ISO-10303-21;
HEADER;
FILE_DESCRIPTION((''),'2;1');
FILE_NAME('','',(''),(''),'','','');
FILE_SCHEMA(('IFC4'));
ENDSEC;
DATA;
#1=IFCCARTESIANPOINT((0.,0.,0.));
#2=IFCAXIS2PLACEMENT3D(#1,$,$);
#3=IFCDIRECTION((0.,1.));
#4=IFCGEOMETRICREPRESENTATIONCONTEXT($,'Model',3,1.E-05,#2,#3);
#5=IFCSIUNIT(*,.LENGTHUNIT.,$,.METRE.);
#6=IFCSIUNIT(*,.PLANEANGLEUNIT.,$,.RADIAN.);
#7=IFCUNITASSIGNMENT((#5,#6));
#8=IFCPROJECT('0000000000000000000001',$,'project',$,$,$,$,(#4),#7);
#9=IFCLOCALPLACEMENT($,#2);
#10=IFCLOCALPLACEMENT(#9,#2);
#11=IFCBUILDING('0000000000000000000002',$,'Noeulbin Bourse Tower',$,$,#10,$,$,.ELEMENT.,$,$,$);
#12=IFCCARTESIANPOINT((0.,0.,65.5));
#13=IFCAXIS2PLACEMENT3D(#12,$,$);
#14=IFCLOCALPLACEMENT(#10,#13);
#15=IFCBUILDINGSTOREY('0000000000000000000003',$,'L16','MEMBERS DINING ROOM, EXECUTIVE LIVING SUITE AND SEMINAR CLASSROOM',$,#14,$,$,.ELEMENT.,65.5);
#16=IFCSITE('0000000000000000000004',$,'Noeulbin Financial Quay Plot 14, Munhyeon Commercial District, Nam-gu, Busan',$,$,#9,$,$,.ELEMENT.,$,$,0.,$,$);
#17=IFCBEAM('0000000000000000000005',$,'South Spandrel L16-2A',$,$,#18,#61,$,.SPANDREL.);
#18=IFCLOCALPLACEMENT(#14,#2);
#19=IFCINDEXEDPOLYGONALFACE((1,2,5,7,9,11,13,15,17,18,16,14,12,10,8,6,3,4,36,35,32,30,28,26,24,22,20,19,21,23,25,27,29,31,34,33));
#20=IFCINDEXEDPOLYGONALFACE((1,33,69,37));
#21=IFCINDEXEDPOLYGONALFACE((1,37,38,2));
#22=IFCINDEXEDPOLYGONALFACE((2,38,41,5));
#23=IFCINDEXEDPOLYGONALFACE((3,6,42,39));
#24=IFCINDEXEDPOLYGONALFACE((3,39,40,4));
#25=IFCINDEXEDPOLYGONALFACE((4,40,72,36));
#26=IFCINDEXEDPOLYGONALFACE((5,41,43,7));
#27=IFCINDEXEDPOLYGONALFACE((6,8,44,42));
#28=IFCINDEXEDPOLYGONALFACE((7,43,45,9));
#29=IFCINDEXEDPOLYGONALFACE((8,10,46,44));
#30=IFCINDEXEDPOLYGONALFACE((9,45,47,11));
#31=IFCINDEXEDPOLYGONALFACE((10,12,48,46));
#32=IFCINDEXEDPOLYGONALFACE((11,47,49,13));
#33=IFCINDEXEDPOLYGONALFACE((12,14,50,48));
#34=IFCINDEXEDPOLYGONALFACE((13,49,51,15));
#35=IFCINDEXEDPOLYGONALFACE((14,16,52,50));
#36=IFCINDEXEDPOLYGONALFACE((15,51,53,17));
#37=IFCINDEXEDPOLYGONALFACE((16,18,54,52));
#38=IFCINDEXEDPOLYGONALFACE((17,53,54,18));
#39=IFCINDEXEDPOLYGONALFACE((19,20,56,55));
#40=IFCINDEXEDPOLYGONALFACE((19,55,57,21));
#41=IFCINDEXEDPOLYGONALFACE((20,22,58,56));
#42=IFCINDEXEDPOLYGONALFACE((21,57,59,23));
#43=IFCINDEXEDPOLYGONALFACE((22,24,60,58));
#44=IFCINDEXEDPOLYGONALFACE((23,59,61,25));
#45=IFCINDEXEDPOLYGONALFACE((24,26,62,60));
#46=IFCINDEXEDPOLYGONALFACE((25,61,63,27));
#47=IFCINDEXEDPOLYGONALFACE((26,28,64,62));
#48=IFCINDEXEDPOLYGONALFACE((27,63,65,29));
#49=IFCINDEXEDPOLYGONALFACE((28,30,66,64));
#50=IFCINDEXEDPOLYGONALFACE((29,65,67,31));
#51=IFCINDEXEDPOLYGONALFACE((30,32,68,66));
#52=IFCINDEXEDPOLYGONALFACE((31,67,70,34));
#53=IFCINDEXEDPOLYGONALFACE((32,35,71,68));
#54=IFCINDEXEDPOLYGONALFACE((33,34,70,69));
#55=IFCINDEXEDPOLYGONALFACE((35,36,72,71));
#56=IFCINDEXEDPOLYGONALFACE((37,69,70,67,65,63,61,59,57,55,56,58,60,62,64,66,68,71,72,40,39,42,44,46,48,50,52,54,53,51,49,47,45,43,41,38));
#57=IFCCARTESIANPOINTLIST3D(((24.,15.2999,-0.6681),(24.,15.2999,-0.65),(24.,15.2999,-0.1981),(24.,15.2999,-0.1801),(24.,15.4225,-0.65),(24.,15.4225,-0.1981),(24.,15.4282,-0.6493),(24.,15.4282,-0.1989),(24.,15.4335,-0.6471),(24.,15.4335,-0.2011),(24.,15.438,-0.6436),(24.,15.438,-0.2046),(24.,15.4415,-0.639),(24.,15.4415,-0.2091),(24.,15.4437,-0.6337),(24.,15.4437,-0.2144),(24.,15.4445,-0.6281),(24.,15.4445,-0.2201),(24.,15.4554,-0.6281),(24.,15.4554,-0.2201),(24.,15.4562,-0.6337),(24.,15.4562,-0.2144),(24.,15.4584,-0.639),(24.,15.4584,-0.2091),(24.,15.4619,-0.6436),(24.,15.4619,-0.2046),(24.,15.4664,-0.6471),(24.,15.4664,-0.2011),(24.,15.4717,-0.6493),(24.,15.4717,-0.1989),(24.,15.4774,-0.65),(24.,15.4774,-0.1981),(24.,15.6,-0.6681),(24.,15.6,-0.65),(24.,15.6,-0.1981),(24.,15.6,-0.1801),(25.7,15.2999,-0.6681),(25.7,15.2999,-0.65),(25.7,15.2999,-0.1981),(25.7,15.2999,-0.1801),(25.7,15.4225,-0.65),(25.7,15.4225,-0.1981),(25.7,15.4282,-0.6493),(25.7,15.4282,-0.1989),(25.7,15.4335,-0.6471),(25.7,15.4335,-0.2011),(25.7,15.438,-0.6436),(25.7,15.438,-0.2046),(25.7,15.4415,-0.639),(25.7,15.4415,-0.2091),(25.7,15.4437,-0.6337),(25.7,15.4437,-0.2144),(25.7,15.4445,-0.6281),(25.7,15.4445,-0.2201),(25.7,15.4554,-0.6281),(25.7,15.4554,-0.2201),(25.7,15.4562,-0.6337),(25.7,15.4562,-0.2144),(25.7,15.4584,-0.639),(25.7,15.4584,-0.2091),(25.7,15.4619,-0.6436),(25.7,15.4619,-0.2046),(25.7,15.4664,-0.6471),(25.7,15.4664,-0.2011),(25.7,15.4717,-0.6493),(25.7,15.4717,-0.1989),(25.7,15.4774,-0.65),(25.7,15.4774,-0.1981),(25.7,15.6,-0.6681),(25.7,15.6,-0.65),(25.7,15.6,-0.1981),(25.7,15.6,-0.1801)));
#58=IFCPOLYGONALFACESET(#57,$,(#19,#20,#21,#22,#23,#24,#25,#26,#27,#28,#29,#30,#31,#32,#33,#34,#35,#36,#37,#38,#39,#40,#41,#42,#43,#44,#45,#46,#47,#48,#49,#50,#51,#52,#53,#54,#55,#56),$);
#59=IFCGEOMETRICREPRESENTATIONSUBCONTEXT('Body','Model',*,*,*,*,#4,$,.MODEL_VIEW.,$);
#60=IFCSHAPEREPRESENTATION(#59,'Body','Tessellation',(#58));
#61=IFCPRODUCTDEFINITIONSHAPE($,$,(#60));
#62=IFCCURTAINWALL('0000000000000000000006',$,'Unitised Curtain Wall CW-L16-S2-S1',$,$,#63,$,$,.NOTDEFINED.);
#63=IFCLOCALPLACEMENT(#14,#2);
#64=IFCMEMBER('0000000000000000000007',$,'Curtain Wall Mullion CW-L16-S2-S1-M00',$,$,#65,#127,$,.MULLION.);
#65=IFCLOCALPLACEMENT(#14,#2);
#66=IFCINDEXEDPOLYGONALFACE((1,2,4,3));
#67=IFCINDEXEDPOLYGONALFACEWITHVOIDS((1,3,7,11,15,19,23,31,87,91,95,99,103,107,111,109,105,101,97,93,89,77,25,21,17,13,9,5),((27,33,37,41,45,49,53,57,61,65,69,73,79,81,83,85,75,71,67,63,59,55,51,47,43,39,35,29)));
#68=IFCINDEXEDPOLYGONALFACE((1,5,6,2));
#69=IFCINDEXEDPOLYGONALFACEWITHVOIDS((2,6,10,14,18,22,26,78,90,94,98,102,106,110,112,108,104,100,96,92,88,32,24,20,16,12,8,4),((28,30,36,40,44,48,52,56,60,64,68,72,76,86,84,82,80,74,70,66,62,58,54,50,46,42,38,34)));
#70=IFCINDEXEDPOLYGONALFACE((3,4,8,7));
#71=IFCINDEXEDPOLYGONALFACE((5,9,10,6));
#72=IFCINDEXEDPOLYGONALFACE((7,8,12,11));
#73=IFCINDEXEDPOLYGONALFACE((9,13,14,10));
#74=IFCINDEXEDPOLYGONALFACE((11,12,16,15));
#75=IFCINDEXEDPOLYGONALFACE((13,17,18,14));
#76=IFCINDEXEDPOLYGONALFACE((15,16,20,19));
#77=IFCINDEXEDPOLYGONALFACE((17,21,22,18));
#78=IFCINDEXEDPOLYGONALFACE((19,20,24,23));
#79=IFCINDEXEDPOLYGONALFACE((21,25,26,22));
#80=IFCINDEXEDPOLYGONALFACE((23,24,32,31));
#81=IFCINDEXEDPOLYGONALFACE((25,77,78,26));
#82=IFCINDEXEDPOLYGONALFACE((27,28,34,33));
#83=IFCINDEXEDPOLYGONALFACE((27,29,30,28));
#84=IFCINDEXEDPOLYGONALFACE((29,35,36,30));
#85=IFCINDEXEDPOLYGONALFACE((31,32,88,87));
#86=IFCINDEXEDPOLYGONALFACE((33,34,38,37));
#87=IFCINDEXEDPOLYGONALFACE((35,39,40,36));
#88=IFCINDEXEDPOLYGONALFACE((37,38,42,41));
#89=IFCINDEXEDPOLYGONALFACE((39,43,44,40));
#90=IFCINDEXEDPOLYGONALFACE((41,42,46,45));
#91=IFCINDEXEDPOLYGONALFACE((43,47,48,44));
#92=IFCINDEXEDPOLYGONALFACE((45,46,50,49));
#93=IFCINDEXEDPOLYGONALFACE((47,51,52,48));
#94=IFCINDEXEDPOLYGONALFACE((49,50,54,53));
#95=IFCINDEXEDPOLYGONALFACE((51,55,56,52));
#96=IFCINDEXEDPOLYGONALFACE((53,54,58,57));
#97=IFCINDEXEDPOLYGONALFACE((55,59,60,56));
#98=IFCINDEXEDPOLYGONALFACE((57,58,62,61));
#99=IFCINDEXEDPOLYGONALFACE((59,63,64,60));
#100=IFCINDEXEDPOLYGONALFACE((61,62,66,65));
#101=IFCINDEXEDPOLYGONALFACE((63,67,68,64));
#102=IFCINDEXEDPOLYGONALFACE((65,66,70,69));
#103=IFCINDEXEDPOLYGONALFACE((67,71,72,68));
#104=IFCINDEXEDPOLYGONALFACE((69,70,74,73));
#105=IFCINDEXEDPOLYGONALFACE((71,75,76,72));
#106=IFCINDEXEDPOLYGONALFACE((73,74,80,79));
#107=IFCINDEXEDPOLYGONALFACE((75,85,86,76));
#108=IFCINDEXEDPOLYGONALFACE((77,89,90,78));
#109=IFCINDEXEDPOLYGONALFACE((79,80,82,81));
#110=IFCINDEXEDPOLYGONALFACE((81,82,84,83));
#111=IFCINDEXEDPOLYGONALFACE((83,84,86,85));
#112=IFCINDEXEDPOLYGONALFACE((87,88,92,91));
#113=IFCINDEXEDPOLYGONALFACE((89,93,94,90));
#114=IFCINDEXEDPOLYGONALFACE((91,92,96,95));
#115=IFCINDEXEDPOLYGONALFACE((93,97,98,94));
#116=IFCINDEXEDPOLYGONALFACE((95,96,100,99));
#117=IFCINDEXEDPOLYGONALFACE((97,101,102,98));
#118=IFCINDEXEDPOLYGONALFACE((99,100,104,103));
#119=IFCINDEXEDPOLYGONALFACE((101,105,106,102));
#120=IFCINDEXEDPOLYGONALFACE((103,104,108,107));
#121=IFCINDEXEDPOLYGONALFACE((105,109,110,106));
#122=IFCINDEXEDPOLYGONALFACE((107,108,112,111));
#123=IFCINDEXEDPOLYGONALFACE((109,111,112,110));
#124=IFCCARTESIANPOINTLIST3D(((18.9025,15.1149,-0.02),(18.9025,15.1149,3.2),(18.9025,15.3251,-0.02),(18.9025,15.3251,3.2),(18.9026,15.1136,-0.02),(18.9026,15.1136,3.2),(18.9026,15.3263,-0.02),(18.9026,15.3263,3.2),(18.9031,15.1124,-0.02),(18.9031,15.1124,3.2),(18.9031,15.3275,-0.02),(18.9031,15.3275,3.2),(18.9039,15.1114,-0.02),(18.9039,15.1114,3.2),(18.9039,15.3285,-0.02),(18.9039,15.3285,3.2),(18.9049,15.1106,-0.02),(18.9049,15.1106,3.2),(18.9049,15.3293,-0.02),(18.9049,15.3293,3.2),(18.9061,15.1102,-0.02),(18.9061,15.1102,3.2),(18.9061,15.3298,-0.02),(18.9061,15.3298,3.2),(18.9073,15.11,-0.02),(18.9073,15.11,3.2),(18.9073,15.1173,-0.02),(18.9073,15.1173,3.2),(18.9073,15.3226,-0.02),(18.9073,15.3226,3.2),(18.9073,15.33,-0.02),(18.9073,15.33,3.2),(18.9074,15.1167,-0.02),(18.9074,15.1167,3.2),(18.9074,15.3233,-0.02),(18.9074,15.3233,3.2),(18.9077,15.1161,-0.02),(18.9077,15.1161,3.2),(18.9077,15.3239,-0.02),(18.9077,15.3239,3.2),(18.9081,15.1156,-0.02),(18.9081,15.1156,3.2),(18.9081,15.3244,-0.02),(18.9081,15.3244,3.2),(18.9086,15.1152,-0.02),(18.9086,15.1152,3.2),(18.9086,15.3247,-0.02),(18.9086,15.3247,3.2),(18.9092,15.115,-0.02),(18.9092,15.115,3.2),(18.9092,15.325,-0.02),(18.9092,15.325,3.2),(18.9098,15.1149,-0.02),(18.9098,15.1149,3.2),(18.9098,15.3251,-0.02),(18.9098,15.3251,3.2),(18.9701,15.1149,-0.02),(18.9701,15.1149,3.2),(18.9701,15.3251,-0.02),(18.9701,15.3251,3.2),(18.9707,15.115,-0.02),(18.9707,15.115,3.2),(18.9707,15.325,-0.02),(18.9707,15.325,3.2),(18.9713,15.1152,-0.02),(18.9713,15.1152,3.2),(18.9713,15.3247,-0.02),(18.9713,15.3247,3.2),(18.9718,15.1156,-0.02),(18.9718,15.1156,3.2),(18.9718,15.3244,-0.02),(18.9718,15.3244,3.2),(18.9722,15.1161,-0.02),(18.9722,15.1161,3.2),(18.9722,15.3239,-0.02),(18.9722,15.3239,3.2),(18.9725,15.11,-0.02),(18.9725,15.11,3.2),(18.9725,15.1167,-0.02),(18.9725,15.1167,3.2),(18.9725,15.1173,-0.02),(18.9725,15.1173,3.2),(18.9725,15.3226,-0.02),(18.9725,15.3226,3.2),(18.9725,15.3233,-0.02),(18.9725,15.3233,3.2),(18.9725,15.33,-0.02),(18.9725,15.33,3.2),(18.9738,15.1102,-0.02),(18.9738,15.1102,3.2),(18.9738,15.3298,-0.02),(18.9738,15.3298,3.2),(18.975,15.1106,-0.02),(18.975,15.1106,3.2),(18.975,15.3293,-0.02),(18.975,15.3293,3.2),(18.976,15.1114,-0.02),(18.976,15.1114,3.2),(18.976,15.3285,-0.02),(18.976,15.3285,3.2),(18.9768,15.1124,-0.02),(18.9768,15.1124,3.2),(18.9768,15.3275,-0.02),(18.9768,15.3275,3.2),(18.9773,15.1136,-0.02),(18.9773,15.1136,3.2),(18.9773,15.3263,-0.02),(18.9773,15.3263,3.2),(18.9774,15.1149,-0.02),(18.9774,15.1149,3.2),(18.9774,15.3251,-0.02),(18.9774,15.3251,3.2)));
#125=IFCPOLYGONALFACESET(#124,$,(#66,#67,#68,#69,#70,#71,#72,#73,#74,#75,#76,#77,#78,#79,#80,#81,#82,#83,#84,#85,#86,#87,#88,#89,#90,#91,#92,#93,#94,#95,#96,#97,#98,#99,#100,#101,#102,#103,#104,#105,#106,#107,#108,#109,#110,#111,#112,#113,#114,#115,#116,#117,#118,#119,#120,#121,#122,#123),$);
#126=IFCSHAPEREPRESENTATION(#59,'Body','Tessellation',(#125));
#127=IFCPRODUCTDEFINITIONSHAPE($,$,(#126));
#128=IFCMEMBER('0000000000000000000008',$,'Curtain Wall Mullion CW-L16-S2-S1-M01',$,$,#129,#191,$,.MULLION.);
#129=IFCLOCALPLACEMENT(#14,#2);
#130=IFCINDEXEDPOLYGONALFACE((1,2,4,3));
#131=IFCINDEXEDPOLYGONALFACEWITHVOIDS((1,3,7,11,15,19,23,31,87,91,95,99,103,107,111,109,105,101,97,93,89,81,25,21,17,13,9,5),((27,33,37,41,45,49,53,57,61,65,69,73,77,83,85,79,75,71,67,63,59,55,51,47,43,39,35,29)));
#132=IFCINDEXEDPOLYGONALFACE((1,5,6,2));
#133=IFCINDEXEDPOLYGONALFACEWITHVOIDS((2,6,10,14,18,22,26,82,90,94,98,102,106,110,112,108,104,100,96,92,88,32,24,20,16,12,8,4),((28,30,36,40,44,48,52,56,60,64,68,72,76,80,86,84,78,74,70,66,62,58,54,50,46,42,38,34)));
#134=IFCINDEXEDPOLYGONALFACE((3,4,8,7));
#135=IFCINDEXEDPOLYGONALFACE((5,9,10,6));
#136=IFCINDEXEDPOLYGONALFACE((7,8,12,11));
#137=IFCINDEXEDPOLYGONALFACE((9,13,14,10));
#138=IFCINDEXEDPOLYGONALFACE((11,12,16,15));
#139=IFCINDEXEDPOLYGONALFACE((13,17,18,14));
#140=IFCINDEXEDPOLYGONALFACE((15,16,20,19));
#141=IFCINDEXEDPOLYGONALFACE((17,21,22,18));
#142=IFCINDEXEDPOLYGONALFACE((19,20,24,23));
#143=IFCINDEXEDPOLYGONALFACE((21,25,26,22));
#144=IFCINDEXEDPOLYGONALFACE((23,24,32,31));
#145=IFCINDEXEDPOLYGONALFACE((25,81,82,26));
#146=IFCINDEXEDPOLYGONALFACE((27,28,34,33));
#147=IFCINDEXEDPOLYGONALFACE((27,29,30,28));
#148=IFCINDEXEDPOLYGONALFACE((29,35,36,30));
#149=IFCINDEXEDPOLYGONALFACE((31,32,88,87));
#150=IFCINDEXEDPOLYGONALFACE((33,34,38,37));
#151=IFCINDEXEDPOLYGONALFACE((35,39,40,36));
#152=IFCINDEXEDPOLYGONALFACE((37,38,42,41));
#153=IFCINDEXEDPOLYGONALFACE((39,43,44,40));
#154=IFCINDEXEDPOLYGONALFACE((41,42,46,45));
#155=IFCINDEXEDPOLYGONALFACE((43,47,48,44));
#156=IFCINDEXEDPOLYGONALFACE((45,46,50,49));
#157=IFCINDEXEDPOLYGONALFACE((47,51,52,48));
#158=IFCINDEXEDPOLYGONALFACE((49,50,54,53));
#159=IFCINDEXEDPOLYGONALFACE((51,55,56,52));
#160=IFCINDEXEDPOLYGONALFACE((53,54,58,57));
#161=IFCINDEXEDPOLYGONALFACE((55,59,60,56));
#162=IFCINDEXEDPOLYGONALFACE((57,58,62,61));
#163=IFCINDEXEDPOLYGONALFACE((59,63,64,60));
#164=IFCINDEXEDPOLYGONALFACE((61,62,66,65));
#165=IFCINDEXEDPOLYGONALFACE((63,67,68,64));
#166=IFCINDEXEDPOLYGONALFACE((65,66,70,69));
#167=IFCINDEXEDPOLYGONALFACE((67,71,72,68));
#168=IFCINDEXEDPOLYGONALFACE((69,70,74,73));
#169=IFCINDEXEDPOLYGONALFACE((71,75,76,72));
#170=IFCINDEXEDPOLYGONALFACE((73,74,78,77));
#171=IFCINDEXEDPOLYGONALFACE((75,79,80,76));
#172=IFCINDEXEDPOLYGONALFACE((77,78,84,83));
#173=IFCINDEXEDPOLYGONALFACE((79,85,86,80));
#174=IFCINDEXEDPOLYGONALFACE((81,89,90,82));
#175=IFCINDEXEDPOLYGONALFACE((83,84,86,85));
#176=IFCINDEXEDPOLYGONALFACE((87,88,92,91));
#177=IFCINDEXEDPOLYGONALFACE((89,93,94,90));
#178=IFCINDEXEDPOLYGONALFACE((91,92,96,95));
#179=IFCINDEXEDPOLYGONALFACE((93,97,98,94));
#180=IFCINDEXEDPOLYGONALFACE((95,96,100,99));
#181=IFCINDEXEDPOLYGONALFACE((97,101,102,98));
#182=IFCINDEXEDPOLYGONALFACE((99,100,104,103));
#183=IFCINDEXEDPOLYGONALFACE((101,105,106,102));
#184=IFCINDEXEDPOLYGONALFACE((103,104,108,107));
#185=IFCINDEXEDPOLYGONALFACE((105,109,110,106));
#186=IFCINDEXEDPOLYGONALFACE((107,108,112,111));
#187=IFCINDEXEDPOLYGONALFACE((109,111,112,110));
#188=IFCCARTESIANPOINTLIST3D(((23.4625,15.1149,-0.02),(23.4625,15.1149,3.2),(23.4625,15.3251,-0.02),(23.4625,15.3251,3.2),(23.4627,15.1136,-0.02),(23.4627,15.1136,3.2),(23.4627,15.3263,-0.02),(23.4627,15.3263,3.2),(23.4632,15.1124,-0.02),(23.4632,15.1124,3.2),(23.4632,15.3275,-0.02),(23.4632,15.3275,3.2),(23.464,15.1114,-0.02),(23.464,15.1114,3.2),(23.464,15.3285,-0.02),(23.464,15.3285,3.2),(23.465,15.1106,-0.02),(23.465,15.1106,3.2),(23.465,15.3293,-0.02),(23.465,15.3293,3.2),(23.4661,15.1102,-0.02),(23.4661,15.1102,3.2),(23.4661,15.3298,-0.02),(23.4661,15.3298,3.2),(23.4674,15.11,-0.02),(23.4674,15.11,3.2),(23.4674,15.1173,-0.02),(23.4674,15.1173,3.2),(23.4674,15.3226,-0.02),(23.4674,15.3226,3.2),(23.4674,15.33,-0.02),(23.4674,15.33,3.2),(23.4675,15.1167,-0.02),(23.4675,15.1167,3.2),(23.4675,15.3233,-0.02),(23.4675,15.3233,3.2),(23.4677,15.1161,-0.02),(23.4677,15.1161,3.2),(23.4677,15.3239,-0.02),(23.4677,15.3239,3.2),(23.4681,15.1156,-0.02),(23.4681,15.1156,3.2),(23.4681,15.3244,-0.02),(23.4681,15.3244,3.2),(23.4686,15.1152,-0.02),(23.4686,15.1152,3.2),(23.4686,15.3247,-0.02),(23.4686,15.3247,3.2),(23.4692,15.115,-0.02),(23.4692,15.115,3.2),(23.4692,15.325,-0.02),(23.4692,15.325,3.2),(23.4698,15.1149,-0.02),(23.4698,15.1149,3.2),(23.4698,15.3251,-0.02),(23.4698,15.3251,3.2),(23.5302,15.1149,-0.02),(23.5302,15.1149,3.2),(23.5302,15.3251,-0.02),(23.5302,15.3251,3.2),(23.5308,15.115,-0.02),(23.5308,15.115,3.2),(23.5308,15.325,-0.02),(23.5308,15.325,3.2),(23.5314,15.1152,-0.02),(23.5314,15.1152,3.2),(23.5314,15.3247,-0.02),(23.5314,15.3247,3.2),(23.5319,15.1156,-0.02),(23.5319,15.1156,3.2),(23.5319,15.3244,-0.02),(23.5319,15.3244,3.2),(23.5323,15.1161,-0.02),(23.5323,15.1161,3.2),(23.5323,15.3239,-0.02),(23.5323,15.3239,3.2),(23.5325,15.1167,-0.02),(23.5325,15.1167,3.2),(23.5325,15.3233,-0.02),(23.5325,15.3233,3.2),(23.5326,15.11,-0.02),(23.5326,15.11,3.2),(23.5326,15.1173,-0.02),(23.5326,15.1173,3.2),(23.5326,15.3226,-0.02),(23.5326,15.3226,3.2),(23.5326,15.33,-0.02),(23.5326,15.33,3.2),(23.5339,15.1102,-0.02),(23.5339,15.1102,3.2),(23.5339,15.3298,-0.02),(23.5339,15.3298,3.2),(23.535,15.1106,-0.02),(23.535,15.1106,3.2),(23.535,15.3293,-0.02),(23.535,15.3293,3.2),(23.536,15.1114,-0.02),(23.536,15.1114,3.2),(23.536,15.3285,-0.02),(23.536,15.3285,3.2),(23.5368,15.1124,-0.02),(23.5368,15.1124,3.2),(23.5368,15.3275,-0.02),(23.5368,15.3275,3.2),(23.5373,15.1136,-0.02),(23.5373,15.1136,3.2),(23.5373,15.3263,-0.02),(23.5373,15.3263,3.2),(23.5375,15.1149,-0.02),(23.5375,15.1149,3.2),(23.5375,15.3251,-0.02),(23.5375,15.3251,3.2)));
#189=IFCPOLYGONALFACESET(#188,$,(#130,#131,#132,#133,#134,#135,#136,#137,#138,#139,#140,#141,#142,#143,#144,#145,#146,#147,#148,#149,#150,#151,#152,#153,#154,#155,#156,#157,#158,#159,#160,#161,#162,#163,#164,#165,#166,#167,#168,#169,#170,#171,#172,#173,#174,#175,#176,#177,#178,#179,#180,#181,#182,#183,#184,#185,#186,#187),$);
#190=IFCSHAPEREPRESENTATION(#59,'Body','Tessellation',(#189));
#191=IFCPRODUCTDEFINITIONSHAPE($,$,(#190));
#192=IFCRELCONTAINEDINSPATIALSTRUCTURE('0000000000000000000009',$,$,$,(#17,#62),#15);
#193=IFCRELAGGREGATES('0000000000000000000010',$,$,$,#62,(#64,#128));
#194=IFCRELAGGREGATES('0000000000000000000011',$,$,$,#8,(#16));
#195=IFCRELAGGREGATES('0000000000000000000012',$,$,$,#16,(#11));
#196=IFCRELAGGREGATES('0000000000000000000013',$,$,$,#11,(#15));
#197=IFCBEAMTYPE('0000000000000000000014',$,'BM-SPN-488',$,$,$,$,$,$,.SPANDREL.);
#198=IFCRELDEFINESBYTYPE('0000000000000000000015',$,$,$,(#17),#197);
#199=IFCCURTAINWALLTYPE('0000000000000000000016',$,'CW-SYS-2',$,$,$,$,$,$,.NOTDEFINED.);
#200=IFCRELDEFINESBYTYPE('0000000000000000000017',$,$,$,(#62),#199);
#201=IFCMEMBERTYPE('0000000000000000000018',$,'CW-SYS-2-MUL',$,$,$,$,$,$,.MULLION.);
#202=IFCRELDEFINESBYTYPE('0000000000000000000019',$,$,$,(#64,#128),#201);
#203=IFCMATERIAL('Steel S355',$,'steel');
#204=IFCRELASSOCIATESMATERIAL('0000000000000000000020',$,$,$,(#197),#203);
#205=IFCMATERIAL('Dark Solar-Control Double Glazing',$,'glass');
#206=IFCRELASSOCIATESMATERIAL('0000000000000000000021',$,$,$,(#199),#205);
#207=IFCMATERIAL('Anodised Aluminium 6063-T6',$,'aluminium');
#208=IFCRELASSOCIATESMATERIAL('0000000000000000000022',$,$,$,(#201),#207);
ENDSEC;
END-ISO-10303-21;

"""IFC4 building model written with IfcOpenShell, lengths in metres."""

from ifc_helpers import new_model, si_unit, direction, frame, origin, origin_2d, place, context, subcontext, project, spatial, hollow_rectangle, i_section, extrude, material, material_profile, profile_set, type_object, element, aggregate, save


model = new_model("IFC4")

# Units and contexts
model_context = context("Model", 3, precision=1e-05, world=origin(), true_north=direction((0.0, 1.0)))
body_context = subcontext(model_context, "Body", "Model", "MODEL_VIEW")
ifc_project = project(units=[si_unit("LENGTHUNIT", "METRE"), si_unit("PLANEANGLEUNIT", "RADIAN")], contexts=[model_context])

# Site, building, storey
site_placement = place(None, origin())
site = spatial("IfcSite", under=ifc_project, at=site_placement, Name="Noeulbin Financial Quay Plot 14, Munhyeon Commercial District, Nam-gu, Busan", CompositionType="ELEMENT", RefElevation=0.0)
building_placement = place(site_placement, origin())
building = spatial("IfcBuilding", under=site, at=building_placement, Name="Noeulbin Bourse Tower", CompositionType="ELEMENT")
storey_placement = place(building_placement, frame((0.0, 0.0, 65.5)))
storey = spatial("IfcBuildingStorey", under=building, at=storey_placement, Name="L16", Description="MEMBERS DINING ROOM, EXECUTIVE LIVING SUITE AND SEMINAR CLASSROOM", CompositionType="ELEMENT", Elevation=65.5)

# Beam
ifc_material_1 = material(Name="Steel S355", Category="steel")
ifc_material_profile_1 = material_profile(ifc_material_1, i_section(OverallWidth=0.3, OverallDepth=0.488, WebThickness=0.011, FlangeThickness=0.0181, FilletRadius=0.022, at=origin_2d()), Name="H-488x300x11x18", Category="LoadBearing")
ifc_profile_set_1 = profile_set([ifc_material_profile_1], Name="Steel S355")
beam_type_1 = type_object("IfcBeamType", Name="BM-SPN-488", PredefinedType="SPANDREL", material=ifc_profile_set_1)
beam_1_placement = place(storey_placement, frame((24.0, 15.45, -0.4241), z_axis=(1.0, 0.0, 0.0), x_axis=(0.0, 1.0, 0.0)))
element("IfcBeam", 1, at=beam_1_placement, inside=storey, type_object=beam_type_1, Name="South Spandrel L16-2A", PredefinedType="SPANDREL", context=body_context, shape_type="SweptSolid", body=[
    extrude(i_section(OverallWidth=0.3, OverallDepth=0.488, WebThickness=0.011, FlangeThickness=0.0181, FilletRadius=0.022, at=origin_2d()), origin(), (0.0, 0.0, 1.0), 1.7),
])

# Curtain wall, members
ifc_material_2 = material(Name="Dark Solar-Control Double Glazing", Category="glass")
curtain_wall_type = type_object("IfcCurtainWallType", Name="CW-SYS-2", PredefinedType="NOTDEFINED", material=ifc_material_2)
curtain_wall_placement = place(storey_placement, origin())
curtain_wall = element("IfcCurtainWall", 2, at=curtain_wall_placement, inside=storey, type_object=curtain_wall_type, Name="Unitised Curtain Wall CW-L16-S2-S1", PredefinedType="NOTDEFINED")
ifc_material_3 = material(Name="Anodised Aluminium 6063-T6", Category="aluminium")
ifc_material_profile_2 = material_profile(ifc_material_3, hollow_rectangle(XDim=0.075, YDim=0.22, WallThickness=0.0049, InnerFilletRadius=0.0024, OuterFilletRadius=0.0049, at=origin_2d()), Name="ALU-MULL-75x220x5", Category="LoadBearing")
ifc_profile_set_2 = profile_set([ifc_material_profile_2], Name="Anodised Aluminium 6063-T6")
member_type_1 = type_object("IfcMemberType", Name="CW-SYS-2-MUL", PredefinedType="MULLION", material=ifc_profile_set_2)
member_1_placement = place(storey_placement, frame((18.9399, 15.22, -0.02), z_axis=(0.0, 0.0, 1.0), x_axis=(1.0, 0.0, 0.0)))
member_1 = element("IfcMember", 3, at=member_1_placement, type_object=member_type_1, Name="Curtain Wall Mullion CW-L16-S2-S1-M00", PredefinedType="MULLION", context=body_context, shape_type="SweptSolid", body=[
    extrude(hollow_rectangle(XDim=0.075, YDim=0.22, WallThickness=0.0049, InnerFilletRadius=0.0024, OuterFilletRadius=0.0049, at=origin_2d()), origin(), (0.0, 0.0, 1.0), 3.22),
])
member_2_placement = place(storey_placement, frame((23.5, 15.22, -0.02), z_axis=(0.0, 0.0, 1.0), x_axis=(1.0, 0.0, 0.0)))
member_2 = element("IfcMember", 4, at=member_2_placement, type_object=member_type_1, Name="Curtain Wall Mullion CW-L16-S2-S1-M01", PredefinedType="MULLION", context=body_context, shape_type="SweptSolid", body=[
    extrude(hollow_rectangle(XDim=0.075, YDim=0.22, WallThickness=0.0049, InnerFilletRadius=0.0024, OuterFilletRadius=0.0049, at=origin_2d()), origin(), (0.0, 0.0, 1.0), 3.22),
])
aggregate(curtain_wall, [member_1, member_2])

save(model, "model.ifc")
